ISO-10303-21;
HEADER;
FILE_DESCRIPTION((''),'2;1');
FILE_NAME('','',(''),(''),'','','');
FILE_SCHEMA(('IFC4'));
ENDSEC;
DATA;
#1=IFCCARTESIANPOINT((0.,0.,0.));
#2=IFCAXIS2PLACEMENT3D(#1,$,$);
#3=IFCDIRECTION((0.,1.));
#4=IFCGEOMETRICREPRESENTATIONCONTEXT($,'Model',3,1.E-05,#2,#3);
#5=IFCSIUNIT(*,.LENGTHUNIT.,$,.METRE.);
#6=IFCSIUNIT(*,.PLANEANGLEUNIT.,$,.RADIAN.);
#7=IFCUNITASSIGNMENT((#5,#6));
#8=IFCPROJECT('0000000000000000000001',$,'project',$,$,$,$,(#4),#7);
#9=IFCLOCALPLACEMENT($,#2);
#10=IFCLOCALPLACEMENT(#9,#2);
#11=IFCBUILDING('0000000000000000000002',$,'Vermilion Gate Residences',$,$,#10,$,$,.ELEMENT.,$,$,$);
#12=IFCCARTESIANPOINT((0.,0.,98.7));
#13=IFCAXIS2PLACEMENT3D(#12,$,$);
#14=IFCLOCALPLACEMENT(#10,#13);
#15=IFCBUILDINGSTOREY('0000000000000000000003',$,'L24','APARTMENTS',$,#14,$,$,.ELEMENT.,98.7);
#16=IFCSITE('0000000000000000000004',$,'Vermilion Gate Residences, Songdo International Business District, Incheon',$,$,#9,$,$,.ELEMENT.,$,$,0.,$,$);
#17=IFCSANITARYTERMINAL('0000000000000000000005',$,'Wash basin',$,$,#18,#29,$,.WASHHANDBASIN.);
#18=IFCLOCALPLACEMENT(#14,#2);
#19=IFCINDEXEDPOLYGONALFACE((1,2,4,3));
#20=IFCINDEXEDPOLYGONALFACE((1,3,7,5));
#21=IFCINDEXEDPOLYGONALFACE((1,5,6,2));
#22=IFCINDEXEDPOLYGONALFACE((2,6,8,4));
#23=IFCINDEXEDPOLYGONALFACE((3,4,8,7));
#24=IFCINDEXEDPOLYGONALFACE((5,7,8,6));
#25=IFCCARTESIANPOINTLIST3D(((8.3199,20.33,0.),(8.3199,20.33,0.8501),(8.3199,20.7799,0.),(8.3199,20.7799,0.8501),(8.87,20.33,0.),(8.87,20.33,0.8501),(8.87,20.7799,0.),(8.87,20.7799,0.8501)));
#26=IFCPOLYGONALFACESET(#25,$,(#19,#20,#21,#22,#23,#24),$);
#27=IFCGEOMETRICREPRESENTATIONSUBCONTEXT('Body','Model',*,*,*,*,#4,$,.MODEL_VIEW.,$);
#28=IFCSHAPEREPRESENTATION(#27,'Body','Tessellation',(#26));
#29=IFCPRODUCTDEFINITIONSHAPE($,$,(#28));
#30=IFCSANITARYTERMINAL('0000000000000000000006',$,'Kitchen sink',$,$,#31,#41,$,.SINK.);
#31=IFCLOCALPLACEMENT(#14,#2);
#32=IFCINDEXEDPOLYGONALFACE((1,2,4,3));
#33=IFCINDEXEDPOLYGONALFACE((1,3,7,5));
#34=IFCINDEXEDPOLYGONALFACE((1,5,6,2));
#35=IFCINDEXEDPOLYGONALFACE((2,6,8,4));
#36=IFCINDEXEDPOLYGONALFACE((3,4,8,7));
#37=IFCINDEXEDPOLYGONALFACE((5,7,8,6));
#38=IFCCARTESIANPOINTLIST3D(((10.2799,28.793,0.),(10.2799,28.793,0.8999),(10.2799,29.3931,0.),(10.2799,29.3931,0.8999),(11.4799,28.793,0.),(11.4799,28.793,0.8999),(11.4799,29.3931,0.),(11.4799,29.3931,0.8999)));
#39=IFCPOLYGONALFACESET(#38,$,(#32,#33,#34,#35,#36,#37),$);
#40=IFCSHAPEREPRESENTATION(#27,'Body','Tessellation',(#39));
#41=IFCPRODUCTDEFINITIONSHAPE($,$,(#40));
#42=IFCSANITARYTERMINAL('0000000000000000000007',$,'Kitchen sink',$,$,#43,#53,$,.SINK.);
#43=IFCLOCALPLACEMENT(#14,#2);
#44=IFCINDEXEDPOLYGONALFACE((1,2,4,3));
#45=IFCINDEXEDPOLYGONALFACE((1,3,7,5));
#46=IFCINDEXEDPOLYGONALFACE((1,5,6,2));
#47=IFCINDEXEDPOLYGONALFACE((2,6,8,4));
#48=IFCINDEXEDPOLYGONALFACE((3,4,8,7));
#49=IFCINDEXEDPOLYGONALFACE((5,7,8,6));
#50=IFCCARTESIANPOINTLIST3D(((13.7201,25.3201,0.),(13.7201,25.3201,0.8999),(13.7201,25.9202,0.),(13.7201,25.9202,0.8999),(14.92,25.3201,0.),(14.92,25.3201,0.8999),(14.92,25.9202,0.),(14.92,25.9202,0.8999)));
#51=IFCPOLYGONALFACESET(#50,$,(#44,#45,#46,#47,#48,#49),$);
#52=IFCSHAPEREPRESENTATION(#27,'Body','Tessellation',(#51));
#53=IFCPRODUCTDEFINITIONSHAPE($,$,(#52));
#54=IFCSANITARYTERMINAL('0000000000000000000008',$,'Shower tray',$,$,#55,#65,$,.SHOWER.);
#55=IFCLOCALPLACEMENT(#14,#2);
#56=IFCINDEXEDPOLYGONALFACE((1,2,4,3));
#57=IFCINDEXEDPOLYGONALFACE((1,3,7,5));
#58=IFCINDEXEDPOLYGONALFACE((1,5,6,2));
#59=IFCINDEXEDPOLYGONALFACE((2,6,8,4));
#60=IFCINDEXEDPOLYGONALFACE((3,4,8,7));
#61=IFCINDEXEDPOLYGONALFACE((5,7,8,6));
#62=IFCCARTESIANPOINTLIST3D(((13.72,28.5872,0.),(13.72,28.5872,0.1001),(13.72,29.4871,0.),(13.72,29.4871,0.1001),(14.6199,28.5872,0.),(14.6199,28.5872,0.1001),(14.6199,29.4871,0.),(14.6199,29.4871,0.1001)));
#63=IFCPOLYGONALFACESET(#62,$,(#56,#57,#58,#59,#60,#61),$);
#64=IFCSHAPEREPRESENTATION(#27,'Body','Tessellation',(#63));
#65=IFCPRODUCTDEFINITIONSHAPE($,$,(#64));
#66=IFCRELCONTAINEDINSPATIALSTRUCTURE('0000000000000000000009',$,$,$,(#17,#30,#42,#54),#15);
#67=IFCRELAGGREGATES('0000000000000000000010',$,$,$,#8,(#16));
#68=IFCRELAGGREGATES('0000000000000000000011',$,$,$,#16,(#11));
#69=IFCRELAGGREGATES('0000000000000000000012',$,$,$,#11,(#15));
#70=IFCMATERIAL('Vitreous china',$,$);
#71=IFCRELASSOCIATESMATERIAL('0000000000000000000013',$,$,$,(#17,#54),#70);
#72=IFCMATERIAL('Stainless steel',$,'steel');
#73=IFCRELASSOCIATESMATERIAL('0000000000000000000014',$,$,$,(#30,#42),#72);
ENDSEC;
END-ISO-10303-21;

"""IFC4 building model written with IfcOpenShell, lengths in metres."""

from ifc_helpers import new_model, si_unit, direction, frame, origin, origin_2d, place, context, subcontext, project, spatial, rectangle, extrude, material, element, save


model = new_model("IFC4")

# Units and contexts
model_context = context("Model", 3, precision=1e-05, world=origin(), true_north=direction((0.0, 1.0)))
body_context = subcontext(model_context, "Body", "Model", "MODEL_VIEW")
ifc_project = project(units=[si_unit("LENGTHUNIT", "METRE"), si_unit("PLANEANGLEUNIT", "RADIAN")], contexts=[model_context])

# Site, building, storey
site_placement = place(None, origin())
site = spatial("IfcSite", under=ifc_project, at=site_placement, Name="Vermilion Gate Residences, Songdo International Business District, Incheon", CompositionType="ELEMENT", RefElevation=0.0)
building_placement = place(site_placement, origin())
building = spatial("IfcBuilding", under=site, at=building_placement, Name="Vermilion Gate Residences", CompositionType="ELEMENT")
storey_placement = place(building_placement, frame((0.0, 0.0, 98.7)))
storey = spatial("IfcBuildingStorey", under=building, at=storey_placement, Name="L24", Description="APARTMENTS", CompositionType="ELEMENT", Elevation=98.7)

# Sanitary terminals
ifc_material_1 = material(Name="Vitreous china")
sanitary_terminal_1_placement = place(storey_placement, frame((8.595, 20.5549, 0.0), z_axis=(0.0, 0.0, 1.0), x_axis=(1.0, 0.0, 0.0)))
element("IfcSanitaryTerminal", 1, at=sanitary_terminal_1_placement, inside=storey, material=ifc_material_1, Name="Wash basin", PredefinedType="WASHHANDBASIN", context=body_context, shape_type="SweptSolid", body=[
    extrude(rectangle(XDim=0.55, YDim=0.45, at=origin_2d()), origin(), (0.0, 0.0, 1.0), 0.8501),
])
ifc_material_2 = material(Name="Stainless steel", Category="steel")
for number, where, z_axis, x_axis, name in (
    (2, (10.8799, 29.093, 0.0), (0.0, 0.0, 1.0), (1.0, 0.0, 0.0), "Kitchen sink"),
    (3, (14.3201, 25.6201, 0.0), (0.0, 0.0, 1.0), (1.0, 0.0, 0.0), "Kitchen sink"),
):
    element("IfcSanitaryTerminal", number, at=place(storey_placement, frame(where, z_axis=z_axis, x_axis=x_axis)), inside=storey, material=ifc_material_2, Name=name, PredefinedType="SINK", context=body_context, shape_type="SweptSolid", body=[
        extrude(rectangle(XDim=1.2, YDim=0.6001, at=origin_2d()), origin(), (0.0, 0.0, 1.0), 0.8999),
    ])
sanitary_terminal_2_placement = place(storey_placement, frame((14.1699, 29.0371, 0.0), z_axis=(0.0, 0.0, 1.0), x_axis=(1.0, 0.0, 0.0)))
element("IfcSanitaryTerminal", 4, at=sanitary_terminal_2_placement, inside=storey, material=ifc_material_1, Name="Shower tray", PredefinedType="SHOWER", context=body_context, shape_type="SweptSolid", body=[
    extrude(rectangle(XDim=0.8999, YDim=0.8999, at=origin_2d()), origin(), (0.0, 0.0, 1.0), 0.1001),
])

save(model, "model.ifc")
